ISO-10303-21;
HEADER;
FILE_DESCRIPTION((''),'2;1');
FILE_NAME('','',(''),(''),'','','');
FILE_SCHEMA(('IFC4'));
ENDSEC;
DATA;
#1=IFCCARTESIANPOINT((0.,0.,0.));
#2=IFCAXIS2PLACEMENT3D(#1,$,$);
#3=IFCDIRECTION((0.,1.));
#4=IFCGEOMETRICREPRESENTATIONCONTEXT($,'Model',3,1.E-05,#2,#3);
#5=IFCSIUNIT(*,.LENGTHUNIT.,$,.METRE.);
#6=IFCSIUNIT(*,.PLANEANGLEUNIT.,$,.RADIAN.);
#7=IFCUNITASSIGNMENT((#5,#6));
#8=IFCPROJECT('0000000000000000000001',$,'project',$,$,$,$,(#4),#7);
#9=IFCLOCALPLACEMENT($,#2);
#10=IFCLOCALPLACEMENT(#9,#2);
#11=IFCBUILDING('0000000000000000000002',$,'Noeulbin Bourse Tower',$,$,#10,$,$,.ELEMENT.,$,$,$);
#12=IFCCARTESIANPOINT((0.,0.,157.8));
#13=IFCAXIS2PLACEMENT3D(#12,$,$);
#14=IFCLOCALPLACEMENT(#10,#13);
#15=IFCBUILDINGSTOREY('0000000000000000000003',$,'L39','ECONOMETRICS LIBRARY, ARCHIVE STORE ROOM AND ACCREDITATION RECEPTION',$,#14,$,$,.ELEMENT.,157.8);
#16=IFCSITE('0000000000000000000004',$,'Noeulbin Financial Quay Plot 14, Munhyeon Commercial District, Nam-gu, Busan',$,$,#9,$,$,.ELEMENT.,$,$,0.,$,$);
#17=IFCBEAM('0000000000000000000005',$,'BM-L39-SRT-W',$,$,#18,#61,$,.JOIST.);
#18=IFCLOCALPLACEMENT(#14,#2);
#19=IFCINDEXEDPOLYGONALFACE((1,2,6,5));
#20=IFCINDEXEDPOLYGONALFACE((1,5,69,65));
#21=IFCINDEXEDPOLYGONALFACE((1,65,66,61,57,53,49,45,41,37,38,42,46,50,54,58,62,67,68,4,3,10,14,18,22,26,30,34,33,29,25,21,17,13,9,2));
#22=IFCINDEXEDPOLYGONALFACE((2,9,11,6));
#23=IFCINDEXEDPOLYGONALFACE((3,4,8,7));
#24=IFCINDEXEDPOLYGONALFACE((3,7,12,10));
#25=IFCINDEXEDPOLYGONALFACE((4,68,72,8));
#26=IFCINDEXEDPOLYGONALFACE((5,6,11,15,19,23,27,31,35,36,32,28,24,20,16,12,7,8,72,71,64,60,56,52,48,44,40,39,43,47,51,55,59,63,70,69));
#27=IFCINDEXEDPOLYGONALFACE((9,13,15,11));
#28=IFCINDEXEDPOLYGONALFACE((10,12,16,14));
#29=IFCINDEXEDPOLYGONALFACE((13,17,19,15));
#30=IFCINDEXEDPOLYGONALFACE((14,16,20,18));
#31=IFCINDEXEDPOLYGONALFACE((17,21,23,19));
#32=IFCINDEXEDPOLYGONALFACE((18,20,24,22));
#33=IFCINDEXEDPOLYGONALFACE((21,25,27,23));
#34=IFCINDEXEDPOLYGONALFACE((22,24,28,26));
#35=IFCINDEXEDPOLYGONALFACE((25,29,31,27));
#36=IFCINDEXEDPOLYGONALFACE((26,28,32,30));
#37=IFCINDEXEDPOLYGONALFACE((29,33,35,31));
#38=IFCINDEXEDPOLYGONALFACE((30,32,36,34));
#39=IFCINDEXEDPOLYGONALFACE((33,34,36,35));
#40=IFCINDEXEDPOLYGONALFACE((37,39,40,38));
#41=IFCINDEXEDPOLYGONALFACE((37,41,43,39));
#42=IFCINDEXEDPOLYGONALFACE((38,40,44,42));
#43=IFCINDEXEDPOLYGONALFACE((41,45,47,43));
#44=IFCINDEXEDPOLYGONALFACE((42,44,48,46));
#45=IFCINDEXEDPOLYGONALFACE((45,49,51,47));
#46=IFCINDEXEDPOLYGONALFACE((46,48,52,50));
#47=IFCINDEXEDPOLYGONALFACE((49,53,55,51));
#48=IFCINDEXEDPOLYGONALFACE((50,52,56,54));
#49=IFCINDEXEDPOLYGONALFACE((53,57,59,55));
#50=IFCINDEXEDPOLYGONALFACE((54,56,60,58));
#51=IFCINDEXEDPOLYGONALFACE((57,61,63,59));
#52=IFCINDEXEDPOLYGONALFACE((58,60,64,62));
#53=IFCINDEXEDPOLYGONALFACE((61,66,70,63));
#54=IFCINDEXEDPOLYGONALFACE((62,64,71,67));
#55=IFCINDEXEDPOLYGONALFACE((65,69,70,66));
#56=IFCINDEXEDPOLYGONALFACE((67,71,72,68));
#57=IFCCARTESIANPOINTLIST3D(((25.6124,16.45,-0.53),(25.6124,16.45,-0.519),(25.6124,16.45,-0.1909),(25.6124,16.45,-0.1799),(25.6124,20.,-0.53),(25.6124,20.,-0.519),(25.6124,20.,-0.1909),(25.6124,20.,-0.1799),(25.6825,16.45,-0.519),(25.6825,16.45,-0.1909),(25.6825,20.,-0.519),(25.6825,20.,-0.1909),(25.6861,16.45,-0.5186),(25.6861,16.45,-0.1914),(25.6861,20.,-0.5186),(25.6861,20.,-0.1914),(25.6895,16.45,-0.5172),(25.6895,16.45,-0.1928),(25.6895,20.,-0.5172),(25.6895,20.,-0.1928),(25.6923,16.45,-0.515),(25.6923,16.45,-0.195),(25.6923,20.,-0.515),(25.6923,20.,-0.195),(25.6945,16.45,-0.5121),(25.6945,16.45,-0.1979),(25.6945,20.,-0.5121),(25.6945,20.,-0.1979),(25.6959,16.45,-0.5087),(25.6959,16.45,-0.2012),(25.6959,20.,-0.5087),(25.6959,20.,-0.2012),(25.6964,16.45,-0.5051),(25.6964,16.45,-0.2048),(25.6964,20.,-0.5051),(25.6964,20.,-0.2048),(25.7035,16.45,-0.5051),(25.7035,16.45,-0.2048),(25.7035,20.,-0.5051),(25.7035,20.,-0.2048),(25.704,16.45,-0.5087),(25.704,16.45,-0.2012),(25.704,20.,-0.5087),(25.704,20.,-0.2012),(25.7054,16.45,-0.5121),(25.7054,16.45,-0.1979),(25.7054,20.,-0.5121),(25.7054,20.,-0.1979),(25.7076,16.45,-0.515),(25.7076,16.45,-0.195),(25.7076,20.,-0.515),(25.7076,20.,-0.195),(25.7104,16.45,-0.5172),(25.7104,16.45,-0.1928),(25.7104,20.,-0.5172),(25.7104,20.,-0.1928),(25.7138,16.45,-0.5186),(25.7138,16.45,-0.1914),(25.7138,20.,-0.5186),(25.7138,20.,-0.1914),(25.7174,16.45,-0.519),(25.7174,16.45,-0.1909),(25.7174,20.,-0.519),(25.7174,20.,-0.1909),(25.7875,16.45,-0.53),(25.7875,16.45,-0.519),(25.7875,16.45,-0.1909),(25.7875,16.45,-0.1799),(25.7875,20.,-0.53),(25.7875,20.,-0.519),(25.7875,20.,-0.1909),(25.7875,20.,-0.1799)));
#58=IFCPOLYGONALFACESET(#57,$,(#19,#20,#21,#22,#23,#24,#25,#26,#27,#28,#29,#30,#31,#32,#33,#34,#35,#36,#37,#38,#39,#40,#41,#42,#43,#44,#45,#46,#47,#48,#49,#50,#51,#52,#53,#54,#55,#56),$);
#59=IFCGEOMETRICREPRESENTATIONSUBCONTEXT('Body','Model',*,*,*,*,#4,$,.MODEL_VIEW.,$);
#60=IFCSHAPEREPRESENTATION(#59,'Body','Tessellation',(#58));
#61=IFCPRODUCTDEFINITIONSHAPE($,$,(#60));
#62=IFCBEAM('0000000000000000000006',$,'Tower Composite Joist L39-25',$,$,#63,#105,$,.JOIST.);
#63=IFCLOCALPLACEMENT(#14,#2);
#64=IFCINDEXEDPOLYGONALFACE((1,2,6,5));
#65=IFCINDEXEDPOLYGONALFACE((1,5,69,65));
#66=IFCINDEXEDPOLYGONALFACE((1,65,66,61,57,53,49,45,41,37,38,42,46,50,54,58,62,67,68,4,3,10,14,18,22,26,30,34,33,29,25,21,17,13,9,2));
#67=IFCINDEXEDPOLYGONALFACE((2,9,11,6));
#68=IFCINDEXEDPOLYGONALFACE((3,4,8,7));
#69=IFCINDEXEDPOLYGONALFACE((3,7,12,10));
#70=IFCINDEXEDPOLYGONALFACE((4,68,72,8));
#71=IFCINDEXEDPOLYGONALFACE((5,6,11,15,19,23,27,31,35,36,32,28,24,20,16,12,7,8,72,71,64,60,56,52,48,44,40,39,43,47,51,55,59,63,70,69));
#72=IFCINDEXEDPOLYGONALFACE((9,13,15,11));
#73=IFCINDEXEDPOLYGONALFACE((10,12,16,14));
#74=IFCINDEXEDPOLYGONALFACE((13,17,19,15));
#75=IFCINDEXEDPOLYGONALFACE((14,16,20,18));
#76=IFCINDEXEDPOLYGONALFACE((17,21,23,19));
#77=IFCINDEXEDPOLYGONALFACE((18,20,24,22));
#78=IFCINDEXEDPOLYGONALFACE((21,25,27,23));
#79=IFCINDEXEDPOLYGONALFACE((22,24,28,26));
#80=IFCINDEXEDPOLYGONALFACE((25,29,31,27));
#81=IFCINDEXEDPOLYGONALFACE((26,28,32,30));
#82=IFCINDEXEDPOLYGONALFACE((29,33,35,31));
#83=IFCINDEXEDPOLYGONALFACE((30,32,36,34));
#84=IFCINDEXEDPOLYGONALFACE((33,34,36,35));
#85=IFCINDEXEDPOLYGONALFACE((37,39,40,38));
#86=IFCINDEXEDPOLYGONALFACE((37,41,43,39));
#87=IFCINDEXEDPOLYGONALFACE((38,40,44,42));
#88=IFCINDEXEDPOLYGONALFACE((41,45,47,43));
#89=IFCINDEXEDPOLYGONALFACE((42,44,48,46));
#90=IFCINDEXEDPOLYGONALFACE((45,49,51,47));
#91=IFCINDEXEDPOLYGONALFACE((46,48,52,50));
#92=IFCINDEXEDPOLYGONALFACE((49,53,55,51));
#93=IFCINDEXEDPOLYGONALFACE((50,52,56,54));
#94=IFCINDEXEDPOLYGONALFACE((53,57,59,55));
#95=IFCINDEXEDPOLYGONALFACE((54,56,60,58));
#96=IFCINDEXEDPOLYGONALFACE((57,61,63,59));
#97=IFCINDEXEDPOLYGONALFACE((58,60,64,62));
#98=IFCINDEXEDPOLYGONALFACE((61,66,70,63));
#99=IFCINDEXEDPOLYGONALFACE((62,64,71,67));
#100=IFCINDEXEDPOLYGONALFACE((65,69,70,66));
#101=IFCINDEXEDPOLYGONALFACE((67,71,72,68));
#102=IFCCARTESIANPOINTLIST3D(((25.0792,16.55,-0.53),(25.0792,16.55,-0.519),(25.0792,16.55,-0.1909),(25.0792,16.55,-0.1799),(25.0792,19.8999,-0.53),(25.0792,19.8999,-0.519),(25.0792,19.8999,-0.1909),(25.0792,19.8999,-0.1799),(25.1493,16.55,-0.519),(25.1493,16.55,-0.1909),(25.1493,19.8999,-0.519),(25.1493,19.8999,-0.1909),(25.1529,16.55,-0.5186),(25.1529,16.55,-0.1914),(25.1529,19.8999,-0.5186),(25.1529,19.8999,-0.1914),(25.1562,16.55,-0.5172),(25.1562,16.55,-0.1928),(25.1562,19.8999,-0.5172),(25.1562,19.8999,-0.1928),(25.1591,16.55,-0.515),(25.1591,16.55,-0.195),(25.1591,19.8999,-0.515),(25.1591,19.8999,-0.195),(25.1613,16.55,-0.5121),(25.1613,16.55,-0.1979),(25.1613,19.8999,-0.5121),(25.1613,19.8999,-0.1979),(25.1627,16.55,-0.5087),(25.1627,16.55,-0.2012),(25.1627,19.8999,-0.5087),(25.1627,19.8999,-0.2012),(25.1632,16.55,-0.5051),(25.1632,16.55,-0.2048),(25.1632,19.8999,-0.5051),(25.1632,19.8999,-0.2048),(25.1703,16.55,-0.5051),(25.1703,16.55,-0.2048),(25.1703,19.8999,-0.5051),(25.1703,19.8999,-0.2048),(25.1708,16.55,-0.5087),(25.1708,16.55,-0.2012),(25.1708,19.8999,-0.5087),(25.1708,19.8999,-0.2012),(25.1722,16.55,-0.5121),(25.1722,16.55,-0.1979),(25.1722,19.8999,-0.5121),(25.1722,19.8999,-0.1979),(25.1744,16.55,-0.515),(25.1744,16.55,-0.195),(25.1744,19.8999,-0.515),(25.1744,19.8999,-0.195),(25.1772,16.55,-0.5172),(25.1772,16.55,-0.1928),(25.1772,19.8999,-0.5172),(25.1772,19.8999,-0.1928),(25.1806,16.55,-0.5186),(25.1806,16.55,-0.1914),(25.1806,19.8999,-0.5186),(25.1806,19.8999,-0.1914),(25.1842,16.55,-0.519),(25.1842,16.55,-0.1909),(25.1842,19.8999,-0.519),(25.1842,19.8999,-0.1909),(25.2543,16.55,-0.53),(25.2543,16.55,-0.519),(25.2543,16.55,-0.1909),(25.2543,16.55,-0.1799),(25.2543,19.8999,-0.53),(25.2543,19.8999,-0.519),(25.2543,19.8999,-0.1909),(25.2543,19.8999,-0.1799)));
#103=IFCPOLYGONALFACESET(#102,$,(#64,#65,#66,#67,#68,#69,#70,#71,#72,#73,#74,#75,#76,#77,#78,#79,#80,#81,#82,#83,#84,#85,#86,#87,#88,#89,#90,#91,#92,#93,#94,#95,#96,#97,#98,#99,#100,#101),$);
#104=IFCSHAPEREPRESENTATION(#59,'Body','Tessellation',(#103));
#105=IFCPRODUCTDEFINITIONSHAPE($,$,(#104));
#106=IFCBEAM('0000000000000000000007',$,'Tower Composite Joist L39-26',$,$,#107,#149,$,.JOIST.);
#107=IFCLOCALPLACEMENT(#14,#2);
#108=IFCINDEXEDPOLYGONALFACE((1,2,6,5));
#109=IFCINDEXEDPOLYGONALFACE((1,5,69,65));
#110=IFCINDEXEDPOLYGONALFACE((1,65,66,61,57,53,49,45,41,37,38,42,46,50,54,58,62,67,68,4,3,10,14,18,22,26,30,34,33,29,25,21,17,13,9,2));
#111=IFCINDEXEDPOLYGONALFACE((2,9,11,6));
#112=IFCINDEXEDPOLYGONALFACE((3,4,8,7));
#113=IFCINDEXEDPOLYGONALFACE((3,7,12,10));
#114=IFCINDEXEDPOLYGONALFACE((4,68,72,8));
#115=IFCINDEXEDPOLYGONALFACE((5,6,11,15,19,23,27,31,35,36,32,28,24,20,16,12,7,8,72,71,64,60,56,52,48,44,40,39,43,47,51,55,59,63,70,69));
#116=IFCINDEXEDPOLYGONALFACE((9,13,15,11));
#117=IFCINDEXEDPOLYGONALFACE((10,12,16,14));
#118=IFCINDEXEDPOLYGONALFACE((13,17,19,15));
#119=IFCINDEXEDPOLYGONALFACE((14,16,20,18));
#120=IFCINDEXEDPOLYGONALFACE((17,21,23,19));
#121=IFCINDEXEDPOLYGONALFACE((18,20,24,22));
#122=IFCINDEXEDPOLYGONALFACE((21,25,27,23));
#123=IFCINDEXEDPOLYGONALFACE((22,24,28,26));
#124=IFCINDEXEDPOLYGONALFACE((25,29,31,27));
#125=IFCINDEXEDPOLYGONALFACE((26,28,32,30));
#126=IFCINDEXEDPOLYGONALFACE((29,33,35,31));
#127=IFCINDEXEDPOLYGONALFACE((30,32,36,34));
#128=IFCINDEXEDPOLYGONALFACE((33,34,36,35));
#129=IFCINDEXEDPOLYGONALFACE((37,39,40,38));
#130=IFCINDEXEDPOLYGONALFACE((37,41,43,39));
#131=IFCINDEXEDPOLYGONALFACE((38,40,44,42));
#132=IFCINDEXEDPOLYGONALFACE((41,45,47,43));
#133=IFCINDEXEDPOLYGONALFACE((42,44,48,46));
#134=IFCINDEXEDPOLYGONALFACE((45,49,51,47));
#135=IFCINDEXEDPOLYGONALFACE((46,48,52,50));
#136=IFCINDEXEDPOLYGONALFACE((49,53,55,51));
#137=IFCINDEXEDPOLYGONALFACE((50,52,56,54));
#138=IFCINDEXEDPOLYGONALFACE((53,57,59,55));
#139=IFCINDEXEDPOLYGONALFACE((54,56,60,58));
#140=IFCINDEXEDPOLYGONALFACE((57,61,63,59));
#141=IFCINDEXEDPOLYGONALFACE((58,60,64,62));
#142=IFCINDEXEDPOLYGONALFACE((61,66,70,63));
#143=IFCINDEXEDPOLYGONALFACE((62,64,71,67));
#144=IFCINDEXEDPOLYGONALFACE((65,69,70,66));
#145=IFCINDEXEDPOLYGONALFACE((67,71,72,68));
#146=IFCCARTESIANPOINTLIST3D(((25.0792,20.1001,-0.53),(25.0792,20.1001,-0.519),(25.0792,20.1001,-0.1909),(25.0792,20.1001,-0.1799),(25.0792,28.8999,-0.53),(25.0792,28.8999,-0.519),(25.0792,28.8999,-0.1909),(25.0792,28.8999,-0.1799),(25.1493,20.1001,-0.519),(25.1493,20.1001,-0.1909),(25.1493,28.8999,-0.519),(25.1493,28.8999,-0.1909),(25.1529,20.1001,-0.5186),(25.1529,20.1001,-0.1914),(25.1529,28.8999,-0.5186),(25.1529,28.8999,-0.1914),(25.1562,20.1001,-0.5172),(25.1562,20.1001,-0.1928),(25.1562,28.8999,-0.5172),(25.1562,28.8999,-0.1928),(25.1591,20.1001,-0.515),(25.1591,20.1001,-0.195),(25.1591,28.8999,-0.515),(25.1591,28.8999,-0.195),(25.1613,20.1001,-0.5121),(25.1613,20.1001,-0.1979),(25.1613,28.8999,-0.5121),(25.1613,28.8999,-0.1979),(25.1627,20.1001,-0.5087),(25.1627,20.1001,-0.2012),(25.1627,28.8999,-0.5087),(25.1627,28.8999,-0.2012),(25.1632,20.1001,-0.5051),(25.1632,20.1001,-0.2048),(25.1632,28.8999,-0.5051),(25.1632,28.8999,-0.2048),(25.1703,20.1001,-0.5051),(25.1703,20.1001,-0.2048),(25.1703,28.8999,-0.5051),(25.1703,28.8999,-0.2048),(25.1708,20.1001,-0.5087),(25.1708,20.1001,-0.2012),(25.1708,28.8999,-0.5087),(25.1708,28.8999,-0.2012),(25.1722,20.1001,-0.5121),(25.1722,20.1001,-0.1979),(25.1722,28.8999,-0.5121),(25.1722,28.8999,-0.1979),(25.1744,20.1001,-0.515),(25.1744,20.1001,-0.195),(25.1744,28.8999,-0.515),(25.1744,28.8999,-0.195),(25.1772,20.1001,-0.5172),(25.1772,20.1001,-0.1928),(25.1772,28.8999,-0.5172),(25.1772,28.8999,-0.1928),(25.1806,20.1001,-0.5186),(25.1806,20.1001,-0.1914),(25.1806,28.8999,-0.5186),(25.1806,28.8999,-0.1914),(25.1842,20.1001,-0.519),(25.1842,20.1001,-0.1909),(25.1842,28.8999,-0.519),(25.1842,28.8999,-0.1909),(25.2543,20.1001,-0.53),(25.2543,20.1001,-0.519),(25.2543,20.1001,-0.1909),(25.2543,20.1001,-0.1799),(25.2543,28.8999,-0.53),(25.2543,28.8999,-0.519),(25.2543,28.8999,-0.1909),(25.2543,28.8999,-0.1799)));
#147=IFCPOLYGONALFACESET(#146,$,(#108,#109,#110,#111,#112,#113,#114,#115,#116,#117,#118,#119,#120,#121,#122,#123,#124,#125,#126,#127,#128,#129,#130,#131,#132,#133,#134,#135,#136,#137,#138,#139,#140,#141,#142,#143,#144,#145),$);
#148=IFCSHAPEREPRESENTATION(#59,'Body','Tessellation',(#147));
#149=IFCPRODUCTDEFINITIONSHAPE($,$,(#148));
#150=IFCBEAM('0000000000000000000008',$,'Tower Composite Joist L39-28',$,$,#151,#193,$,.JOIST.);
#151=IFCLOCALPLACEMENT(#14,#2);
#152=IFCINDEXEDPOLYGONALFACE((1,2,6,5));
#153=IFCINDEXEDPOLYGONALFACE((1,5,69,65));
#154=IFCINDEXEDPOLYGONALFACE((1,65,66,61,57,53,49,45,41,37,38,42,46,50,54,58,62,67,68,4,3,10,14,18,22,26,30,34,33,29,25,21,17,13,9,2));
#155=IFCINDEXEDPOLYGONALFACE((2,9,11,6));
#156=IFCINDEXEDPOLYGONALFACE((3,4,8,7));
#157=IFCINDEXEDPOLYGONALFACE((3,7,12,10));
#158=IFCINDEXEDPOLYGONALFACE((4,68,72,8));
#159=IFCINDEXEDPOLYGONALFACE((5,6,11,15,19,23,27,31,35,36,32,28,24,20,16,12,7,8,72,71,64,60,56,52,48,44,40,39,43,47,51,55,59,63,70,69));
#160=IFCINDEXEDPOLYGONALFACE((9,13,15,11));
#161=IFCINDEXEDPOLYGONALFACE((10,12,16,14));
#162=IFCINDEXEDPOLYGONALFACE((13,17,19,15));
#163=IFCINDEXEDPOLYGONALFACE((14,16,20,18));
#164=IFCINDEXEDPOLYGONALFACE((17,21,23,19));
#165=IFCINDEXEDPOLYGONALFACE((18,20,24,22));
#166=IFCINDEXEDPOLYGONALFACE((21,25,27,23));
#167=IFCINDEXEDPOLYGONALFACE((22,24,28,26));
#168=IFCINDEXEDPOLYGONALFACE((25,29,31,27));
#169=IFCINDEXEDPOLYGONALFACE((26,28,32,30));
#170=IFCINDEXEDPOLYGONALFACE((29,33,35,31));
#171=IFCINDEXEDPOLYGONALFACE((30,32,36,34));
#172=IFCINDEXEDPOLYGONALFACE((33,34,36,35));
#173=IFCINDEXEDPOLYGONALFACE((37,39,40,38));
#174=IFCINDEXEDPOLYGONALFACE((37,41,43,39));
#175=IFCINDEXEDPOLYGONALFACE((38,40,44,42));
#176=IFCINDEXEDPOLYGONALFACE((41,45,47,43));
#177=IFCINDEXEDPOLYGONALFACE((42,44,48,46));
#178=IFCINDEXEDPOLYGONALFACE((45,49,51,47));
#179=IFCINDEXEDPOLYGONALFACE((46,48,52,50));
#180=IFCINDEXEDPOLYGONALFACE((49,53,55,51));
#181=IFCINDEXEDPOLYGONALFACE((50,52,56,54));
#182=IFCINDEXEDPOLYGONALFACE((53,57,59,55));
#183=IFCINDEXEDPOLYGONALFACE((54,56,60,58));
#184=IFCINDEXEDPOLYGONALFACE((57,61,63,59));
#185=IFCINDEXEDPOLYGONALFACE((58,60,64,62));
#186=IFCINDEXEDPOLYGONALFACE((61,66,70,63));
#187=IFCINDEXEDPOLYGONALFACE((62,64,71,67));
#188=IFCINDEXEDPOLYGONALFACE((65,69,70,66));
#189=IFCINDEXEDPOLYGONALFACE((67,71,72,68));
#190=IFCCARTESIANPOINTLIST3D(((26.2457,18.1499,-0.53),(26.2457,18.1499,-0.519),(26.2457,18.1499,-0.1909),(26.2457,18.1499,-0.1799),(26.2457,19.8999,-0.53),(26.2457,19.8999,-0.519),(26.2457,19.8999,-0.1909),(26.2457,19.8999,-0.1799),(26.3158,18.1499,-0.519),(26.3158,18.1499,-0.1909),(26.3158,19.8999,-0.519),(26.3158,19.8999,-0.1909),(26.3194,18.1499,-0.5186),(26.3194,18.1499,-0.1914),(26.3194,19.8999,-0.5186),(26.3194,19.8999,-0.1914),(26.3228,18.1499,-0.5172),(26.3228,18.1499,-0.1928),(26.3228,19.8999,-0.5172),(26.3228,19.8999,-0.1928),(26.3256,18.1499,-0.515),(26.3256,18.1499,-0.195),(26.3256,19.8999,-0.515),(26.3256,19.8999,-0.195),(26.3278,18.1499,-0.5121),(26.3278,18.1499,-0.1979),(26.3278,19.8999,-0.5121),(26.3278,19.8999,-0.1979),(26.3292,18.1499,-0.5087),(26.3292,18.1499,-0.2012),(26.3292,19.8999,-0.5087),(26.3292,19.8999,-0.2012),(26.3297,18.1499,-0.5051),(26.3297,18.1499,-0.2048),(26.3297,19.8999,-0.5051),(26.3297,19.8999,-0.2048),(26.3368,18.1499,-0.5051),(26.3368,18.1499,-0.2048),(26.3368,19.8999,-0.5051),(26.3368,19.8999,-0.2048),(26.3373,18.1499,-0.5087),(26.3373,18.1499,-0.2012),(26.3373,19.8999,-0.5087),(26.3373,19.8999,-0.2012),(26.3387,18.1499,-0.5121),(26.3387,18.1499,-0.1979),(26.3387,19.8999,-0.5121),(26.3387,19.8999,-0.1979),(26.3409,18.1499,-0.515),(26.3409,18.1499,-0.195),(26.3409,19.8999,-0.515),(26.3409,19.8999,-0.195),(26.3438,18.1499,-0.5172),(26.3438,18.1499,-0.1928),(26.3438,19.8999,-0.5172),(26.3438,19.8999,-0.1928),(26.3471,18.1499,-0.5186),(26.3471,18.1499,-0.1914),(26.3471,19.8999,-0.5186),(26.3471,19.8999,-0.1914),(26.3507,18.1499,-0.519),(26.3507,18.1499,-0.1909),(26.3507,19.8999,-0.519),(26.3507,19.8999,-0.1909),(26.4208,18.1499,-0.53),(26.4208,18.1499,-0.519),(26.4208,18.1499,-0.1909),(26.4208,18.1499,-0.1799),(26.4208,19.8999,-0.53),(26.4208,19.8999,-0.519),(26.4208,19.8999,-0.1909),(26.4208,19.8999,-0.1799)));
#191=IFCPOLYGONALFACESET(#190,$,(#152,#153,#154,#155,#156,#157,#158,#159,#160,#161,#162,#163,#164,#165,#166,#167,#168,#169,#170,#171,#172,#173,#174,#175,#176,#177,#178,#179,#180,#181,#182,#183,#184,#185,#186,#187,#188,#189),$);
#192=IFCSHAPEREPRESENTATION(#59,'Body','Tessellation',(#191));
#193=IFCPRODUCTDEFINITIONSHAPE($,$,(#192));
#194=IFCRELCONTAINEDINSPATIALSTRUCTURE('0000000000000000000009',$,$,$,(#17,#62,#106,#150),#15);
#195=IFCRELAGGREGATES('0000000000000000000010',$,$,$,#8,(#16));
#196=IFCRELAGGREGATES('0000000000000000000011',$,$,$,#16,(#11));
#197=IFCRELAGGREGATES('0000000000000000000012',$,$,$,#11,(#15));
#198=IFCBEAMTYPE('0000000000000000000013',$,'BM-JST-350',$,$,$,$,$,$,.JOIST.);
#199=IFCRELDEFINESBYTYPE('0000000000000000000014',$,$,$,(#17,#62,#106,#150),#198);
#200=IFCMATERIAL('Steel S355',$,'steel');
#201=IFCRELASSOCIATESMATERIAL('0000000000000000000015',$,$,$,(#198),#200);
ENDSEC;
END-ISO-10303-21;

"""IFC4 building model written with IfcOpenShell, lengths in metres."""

from ifc_helpers import new_model, si_unit, direction, frame, origin, origin_2d, place, context, subcontext, project, spatial, i_section, extrude, material, material_profile, profile_set, type_object, element, save


model = new_model("IFC4")

# Units and contexts
model_context = context("Model", 3, precision=1e-05, world=origin(), true_north=direction((0.0, 1.0)))
body_context = subcontext(model_context, "Body", "Model", "MODEL_VIEW")
ifc_project = project(units=[si_unit("LENGTHUNIT", "METRE"), si_unit("PLANEANGLEUNIT", "RADIAN")], contexts=[model_context])

# Site, building, storey
site_placement = place(None, origin())
site = spatial("IfcSite", under=ifc_project, at=site_placement, Name="Noeulbin Financial Quay Plot 14, Munhyeon Commercial District, Nam-gu, Busan", CompositionType="ELEMENT", RefElevation=0.0)
building_placement = place(site_placement, origin())
building = spatial("IfcBuilding", under=site, at=building_placement, Name="Noeulbin Bourse Tower", CompositionType="ELEMENT")
storey_placement = place(building_placement, frame((0.0, 0.0, 157.8)))
storey = spatial("IfcBuildingStorey", under=building, at=storey_placement, Name="L39", Description="ECONOMETRICS LIBRARY, ARCHIVE STORE ROOM AND ACCREDITATION RECEPTION", CompositionType="ELEMENT", Elevation=157.8)

# Beams
ifc_material_1 = material(Name="Steel S355", Category="steel")
ifc_material_profile_1 = material_profile(ifc_material_1, i_section(OverallWidth=0.175, OverallDepth=0.3501, WebThickness=0.0071, FlangeThickness=0.011, FilletRadius=0.0139, at=origin_2d()), Name="H-350x175x7x11", Category="LoadBearing")
ifc_profile_set_1 = profile_set([ifc_material_profile_1], Name="Steel S355")
beam_type_1 = type_object("IfcBeamType", Name="BM-JST-350", PredefinedType="JOIST", material=ifc_profile_set_1)
beam_1_placement = place(storey_placement, frame((25.7, 16.45, -0.355), z_axis=(0.0, 1.0, 0.0), x_axis=(-1.0, 0.0, 0.0)))
element("IfcBeam", 1, at=beam_1_placement, inside=storey, type_object=beam_type_1, Name="BM-L39-SRT-W", PredefinedType="JOIST", context=body_context, shape_type="SweptSolid", body=[
    extrude(i_section(OverallWidth=0.175, OverallDepth=0.3501, WebThickness=0.0071, FlangeThickness=0.011, FilletRadius=0.0139, at=origin_2d()), origin(), (0.0, 0.0, 1.0), 3.55),
])
beam_2_placement = place(storey_placement, frame((25.1667, 16.55, -0.355), z_axis=(0.0, 1.0, 0.0), x_axis=(-1.0, 0.0, 0.0)))
element("IfcBeam", 2, at=beam_2_placement, inside=storey, type_object=beam_type_1, Name="Tower Composite Joist L39-25", PredefinedType="JOIST", context=body_context, shape_type="SweptSolid", body=[
    extrude(i_section(OverallWidth=0.175, OverallDepth=0.3501, WebThickness=0.0071, FlangeThickness=0.011, FilletRadius=0.0139, at=origin_2d()), origin(), (0.0, 0.0, 1.0), 3.3499),
])
beam_3_placement = place(storey_placement, frame((25.1667, 20.1001, -0.355), z_axis=(0.0, 1.0, 0.0), x_axis=(-1.0, 0.0, 0.0)))
element("IfcBeam", 3, at=beam_3_placement, inside=storey, type_object=beam_type_1, Name="Tower Composite Joist L39-26", PredefinedType="JOIST", context=body_context, shape_type="SweptSolid", body=[
    extrude(i_section(OverallWidth=0.175, OverallDepth=0.3501, WebThickness=0.0071, FlangeThickness=0.011, FilletRadius=0.0139, at=origin_2d()), origin(), (0.0, 0.0, 1.0), 8.7998),
])
beam_4_placement = place(storey_placement, frame((26.3333, 18.1499, -0.355), z_axis=(0.0, 1.0, 0.0), x_axis=(-1.0, 0.0, 0.0)))
element("IfcBeam", 4, at=beam_4_placement, inside=storey, type_object=beam_type_1, Name="Tower Composite Joist L39-28", PredefinedType="JOIST", context=body_context, shape_type="SweptSolid", body=[
    extrude(i_section(OverallWidth=0.175, OverallDepth=0.3501, WebThickness=0.0071, FlangeThickness=0.011, FilletRadius=0.0139, at=origin_2d()), origin(), (0.0, 0.0, 1.0), 1.75),
])

save(model, "model.ifc")
